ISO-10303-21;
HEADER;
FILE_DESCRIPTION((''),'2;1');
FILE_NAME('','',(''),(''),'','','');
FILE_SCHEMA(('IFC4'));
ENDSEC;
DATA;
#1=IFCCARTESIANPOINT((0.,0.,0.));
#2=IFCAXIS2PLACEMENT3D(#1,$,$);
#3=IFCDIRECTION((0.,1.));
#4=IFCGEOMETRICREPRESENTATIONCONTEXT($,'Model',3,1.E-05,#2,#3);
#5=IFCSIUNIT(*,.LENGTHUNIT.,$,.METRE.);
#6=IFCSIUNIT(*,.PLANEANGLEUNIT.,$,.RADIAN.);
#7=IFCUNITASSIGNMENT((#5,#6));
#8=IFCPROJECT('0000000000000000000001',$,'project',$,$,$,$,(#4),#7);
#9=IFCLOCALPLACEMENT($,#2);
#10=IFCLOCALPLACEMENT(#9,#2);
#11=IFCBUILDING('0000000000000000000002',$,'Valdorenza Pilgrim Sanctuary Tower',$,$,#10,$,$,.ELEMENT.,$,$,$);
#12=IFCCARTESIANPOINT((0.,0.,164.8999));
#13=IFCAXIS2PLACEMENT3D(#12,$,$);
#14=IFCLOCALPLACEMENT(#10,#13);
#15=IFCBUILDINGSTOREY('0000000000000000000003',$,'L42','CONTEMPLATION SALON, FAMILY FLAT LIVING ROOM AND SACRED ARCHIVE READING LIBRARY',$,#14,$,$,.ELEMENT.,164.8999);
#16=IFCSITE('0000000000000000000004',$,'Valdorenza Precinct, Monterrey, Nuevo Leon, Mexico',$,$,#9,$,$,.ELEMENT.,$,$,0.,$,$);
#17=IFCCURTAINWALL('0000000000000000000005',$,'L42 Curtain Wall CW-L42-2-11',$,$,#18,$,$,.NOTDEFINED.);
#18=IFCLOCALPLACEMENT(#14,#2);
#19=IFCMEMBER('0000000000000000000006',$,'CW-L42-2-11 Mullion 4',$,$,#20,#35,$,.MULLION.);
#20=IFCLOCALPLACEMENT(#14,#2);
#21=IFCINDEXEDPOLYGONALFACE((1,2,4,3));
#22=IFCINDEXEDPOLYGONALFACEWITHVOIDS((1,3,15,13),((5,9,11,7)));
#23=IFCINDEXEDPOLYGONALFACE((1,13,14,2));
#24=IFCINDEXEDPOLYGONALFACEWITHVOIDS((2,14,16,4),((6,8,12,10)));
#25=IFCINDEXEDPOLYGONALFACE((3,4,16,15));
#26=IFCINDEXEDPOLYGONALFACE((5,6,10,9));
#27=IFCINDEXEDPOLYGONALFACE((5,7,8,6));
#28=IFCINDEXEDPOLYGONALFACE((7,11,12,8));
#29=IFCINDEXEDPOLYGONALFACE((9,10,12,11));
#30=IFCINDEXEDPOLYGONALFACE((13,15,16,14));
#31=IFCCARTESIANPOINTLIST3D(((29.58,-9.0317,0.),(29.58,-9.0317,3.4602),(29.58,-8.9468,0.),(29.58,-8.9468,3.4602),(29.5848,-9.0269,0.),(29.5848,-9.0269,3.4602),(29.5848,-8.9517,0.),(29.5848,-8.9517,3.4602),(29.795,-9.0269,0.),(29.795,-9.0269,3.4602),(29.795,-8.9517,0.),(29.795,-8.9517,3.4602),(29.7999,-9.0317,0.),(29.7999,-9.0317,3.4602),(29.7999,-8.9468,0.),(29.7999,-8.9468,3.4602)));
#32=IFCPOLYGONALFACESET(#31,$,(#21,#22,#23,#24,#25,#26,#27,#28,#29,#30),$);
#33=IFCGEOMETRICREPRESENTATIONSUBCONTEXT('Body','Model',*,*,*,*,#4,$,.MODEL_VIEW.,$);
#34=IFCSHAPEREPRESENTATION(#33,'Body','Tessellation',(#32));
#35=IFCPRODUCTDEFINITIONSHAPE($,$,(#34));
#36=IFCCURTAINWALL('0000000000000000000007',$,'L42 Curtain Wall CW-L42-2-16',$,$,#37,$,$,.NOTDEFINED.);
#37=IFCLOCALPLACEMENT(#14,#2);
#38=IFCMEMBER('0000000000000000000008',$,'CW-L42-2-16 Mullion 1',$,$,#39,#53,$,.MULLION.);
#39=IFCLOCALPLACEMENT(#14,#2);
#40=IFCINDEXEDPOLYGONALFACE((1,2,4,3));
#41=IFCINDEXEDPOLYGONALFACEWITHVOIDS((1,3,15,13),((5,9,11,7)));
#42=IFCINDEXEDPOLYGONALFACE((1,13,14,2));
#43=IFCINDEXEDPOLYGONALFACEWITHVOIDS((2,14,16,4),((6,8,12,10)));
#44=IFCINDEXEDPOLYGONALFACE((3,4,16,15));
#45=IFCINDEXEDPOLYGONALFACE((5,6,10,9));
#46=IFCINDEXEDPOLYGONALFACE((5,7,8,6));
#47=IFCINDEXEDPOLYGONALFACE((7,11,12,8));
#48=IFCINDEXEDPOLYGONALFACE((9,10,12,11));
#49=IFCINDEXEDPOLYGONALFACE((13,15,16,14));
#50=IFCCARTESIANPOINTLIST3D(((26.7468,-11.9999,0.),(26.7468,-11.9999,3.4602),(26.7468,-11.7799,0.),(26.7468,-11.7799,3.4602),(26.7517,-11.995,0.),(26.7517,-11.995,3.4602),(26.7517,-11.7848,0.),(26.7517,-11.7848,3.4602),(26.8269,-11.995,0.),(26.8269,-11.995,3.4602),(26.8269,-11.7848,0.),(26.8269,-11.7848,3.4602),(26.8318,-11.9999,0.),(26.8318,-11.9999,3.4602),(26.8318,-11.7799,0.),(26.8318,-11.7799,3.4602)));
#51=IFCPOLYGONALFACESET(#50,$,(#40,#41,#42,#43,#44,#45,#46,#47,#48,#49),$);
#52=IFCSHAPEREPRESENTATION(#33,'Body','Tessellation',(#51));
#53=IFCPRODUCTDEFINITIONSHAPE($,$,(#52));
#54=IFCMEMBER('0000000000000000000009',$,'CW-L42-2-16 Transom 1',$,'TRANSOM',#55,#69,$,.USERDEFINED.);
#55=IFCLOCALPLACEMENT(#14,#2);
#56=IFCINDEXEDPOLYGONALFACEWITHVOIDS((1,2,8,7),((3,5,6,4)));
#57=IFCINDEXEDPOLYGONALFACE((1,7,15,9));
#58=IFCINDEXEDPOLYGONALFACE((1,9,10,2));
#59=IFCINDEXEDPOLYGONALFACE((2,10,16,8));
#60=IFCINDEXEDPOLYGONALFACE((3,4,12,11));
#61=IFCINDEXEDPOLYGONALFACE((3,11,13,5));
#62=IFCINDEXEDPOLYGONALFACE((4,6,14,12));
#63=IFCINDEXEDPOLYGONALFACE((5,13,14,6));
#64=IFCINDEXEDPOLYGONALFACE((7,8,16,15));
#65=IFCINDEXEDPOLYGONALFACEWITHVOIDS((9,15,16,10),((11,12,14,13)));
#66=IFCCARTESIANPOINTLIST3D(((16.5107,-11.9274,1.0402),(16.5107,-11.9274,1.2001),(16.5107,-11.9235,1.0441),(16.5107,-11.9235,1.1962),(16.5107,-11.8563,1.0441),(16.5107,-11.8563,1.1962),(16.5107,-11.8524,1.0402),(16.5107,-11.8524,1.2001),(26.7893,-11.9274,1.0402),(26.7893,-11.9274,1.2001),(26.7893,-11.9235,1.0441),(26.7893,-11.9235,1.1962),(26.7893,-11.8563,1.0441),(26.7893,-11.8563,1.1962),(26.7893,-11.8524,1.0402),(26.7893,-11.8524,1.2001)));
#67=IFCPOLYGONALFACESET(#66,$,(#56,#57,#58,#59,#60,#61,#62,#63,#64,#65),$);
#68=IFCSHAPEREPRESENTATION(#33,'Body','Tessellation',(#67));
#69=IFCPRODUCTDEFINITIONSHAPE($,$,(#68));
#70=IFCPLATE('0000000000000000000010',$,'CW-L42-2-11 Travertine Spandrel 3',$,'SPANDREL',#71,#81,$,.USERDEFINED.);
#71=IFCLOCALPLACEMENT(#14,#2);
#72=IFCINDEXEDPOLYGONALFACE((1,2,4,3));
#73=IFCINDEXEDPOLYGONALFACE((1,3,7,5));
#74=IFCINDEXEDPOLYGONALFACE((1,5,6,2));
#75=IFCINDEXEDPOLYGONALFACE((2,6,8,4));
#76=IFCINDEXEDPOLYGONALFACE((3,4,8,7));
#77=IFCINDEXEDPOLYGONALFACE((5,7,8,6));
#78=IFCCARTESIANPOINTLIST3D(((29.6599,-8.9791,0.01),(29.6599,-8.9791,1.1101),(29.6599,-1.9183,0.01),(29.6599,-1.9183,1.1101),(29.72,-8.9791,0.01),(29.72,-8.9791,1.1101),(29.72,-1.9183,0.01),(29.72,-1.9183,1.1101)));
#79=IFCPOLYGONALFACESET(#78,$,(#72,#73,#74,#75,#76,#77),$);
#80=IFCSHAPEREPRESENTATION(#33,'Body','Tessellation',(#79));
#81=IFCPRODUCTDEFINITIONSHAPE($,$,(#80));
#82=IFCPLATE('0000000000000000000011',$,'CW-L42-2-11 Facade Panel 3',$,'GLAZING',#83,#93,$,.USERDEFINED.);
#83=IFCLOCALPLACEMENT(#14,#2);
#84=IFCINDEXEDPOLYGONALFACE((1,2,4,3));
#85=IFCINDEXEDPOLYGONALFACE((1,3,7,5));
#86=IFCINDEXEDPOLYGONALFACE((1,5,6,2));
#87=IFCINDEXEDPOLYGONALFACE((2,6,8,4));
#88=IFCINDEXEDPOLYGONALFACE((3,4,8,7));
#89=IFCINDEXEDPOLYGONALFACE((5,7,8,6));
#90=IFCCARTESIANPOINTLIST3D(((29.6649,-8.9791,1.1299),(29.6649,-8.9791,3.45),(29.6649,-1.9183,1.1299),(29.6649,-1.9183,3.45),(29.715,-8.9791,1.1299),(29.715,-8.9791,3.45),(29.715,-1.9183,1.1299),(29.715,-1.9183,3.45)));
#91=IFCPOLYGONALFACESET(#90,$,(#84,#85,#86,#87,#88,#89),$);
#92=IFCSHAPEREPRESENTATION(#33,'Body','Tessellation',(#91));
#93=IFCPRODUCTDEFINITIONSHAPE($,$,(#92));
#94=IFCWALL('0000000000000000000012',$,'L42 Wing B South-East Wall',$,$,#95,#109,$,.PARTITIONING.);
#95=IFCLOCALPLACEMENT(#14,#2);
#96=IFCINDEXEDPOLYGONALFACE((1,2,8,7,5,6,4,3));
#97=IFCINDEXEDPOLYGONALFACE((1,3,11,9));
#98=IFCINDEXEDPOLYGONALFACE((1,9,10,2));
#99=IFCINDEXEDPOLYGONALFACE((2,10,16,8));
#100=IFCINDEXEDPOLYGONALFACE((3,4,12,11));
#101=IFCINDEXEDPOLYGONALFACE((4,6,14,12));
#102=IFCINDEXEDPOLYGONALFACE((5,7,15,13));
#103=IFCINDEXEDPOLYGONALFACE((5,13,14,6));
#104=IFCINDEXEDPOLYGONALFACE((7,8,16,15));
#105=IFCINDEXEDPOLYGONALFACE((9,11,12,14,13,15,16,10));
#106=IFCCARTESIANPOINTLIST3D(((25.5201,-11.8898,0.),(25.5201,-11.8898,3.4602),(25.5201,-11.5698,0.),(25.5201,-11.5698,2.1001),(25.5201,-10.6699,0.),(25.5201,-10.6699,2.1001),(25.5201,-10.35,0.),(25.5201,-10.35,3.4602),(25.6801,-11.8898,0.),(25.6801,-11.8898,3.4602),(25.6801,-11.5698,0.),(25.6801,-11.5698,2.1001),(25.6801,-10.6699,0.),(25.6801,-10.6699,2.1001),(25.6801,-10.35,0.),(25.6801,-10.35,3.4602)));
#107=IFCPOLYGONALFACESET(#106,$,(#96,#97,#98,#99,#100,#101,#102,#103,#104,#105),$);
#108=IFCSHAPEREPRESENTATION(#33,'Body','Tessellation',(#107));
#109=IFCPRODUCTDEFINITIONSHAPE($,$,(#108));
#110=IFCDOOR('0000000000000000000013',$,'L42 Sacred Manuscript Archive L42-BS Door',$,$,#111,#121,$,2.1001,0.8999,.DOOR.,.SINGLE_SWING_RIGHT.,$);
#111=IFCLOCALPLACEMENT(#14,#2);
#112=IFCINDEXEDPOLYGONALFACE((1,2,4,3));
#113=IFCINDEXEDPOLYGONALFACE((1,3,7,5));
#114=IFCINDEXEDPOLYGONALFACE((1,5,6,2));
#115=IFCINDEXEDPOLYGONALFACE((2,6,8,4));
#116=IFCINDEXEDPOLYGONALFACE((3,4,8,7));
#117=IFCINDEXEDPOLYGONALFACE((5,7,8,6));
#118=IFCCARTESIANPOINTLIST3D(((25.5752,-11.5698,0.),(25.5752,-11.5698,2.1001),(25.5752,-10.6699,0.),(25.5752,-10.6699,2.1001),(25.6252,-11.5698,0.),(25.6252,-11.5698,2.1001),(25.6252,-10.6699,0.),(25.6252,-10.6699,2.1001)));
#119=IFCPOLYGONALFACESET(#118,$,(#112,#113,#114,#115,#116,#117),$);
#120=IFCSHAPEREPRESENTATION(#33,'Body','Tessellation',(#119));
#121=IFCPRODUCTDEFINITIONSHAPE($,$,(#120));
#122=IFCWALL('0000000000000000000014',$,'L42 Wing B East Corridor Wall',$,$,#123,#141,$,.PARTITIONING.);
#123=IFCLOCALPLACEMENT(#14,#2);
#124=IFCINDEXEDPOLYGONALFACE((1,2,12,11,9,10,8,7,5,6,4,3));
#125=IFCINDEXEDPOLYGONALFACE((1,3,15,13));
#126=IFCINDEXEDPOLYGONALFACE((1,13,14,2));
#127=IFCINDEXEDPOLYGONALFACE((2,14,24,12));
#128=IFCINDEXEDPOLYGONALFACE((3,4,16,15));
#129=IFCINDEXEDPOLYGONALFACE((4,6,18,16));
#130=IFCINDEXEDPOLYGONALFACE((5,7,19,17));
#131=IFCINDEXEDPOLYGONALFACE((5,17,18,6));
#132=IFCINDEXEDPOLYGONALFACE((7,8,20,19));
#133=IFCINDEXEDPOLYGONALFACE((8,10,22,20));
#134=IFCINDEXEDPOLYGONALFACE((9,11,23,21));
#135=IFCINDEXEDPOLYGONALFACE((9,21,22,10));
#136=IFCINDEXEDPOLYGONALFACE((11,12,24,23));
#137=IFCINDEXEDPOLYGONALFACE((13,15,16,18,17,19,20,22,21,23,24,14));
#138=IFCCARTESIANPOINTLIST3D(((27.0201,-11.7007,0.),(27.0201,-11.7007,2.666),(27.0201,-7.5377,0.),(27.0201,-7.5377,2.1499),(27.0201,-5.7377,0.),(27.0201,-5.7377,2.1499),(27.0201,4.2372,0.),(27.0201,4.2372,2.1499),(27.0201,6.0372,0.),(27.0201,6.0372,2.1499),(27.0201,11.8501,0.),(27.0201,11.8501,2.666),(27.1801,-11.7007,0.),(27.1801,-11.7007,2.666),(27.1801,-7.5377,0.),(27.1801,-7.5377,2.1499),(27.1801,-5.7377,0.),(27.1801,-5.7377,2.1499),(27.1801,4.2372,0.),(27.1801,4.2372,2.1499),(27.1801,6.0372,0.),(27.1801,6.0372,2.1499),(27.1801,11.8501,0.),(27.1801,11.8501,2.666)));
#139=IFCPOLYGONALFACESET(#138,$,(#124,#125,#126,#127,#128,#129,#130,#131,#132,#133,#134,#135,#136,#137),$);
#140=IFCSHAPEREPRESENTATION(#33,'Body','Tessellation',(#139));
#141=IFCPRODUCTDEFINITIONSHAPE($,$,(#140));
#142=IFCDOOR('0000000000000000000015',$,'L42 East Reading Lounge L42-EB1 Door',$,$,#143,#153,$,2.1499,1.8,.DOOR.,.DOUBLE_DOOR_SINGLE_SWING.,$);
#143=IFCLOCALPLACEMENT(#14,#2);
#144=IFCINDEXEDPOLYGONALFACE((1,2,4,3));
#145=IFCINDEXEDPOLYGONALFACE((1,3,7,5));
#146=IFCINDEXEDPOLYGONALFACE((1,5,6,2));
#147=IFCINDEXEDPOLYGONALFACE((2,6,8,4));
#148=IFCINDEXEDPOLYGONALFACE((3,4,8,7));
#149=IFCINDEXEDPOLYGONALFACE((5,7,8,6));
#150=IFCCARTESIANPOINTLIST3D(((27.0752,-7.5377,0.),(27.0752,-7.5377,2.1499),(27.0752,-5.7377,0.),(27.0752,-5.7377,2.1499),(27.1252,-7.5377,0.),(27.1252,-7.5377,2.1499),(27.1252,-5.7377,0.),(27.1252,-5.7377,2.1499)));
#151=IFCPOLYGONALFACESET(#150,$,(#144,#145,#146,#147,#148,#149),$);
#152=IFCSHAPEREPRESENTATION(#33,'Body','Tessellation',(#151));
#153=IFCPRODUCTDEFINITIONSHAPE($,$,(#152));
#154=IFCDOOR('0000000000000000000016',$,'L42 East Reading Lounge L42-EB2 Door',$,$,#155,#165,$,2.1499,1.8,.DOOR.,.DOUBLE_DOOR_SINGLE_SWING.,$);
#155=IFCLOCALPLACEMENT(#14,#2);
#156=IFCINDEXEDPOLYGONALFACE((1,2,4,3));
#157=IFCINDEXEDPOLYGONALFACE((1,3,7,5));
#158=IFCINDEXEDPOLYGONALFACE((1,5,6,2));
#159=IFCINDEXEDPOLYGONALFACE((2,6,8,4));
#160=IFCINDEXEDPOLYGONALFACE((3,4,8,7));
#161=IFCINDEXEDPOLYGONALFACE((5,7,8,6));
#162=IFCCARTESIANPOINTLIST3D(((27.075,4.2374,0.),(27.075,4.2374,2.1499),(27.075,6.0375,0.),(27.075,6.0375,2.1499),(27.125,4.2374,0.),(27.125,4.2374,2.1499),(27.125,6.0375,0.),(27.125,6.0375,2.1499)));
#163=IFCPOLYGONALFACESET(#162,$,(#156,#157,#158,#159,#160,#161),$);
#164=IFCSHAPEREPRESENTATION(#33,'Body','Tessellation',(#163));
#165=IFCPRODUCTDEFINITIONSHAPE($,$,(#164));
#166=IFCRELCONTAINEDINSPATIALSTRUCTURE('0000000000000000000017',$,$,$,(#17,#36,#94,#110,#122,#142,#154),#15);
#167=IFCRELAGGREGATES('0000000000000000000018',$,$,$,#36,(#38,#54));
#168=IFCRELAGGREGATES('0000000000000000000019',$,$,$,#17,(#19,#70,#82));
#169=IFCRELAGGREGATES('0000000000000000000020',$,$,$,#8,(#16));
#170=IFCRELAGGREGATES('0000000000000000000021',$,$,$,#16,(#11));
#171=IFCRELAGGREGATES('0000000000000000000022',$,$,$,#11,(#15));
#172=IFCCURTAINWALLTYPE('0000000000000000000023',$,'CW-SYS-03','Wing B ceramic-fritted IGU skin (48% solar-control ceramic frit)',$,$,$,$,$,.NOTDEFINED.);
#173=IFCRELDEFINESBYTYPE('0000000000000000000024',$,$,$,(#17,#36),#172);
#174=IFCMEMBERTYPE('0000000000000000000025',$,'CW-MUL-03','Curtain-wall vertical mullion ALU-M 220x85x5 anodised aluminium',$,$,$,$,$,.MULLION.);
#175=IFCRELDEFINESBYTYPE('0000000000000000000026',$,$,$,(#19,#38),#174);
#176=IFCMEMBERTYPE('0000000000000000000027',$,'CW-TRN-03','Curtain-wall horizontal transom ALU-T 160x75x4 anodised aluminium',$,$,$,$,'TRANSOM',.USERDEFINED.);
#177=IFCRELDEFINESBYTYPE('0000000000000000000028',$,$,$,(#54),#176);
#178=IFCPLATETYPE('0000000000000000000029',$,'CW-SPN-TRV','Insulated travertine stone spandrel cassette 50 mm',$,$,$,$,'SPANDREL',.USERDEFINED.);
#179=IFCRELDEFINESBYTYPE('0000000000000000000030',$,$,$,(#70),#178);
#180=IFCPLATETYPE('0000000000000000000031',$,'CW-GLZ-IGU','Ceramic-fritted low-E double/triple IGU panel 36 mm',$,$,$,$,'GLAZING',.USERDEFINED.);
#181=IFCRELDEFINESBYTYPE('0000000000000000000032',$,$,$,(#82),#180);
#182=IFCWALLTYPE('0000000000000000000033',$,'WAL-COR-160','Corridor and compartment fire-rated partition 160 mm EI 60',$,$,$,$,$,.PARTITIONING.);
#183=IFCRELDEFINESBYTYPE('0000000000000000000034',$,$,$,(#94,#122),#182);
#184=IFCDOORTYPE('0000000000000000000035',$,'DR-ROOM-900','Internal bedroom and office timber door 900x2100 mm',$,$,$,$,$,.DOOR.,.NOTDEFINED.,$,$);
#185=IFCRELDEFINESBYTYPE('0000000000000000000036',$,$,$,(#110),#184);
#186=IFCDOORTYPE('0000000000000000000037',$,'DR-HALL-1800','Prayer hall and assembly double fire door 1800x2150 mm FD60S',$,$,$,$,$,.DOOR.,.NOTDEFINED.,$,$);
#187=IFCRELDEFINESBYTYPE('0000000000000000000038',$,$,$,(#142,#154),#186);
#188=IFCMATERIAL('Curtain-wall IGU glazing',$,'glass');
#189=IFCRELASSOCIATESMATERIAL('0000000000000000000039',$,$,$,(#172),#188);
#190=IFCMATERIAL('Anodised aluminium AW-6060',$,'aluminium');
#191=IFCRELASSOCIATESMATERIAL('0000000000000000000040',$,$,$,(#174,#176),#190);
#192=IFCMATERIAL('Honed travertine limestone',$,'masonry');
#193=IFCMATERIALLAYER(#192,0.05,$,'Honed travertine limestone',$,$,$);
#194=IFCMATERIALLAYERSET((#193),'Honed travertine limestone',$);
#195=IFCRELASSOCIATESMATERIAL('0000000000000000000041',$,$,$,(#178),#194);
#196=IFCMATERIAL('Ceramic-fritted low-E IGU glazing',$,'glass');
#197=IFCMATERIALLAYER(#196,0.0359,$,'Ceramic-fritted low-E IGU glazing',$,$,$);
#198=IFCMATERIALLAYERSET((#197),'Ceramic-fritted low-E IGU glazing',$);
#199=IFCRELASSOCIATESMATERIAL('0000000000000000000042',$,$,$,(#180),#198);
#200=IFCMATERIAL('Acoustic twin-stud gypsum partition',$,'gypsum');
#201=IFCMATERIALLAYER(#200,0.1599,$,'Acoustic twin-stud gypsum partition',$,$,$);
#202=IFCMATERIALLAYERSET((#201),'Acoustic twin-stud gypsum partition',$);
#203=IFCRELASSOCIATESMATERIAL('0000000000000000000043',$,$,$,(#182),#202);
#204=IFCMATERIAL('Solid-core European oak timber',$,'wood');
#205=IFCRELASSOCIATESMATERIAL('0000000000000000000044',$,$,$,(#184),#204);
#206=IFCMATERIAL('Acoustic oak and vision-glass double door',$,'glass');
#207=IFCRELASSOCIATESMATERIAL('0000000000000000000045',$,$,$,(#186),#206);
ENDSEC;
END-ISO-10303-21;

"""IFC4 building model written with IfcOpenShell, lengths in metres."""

from ifc_helpers import new_model, si_unit, direction, frame, frame_2d, origin, origin_2d, place, context, subcontext, project, spatial, rectangle, hollow_rectangle, extrude, source, transform, mapped, material, layer, layer_set, material_profile, profile_set, type_object, element, fill, aggregate, save


model = new_model("IFC4")

# Units and contexts
model_context = context("Model", 3, precision=1e-05, world=origin(), true_north=direction((0.0, 1.0)))
body_context = subcontext(model_context, "Body", "Model", "MODEL_VIEW")
ifc_project = project(units=[si_unit("LENGTHUNIT", "METRE"), si_unit("PLANEANGLEUNIT", "RADIAN")], contexts=[model_context])

# Site, building, storey
site_placement = place(None, origin())
site = spatial("IfcSite", under=ifc_project, at=site_placement, Name="Valdorenza Precinct, Monterrey, Nuevo Leon, Mexico", CompositionType="ELEMENT", RefElevation=0.0)
building_placement = place(site_placement, origin())
building = spatial("IfcBuilding", under=site, at=building_placement, Name="Valdorenza Pilgrim Sanctuary Tower", CompositionType="ELEMENT")
storey_placement = place(building_placement, frame((0.0, 0.0, 164.8999)))
storey = spatial("IfcBuildingStorey", under=building, at=storey_placement, Name="L42", Description="CONTEMPLATION SALON, FAMILY FLAT LIVING ROOM AND SACRED ARCHIVE READING LIBRARY", CompositionType="ELEMENT", Elevation=164.8999)

# Curtain walls, members
ifc_material_1 = material(Name="Curtain-wall IGU glazing", Category="glass")
curtain_wall_type = type_object("IfcCurtainWallType", Name="CW-SYS-03", Description="Wing B ceramic-fritted IGU skin (48% solar-control ceramic frit)", PredefinedType="NOTDEFINED", material=ifc_material_1)
curtain_wall_1_placement = place(storey_placement, origin())
curtain_wall_1 = element("IfcCurtainWall", 1, at=curtain_wall_1_placement, inside=storey, type_object=curtain_wall_type, Name="L42 Curtain Wall CW-L42-2-11", PredefinedType="NOTDEFINED")
ifc_material_2 = material(Name="Anodised aluminium AW-6060", Category="aluminium")
ifc_material_profile_1 = material_profile(ifc_material_2, hollow_rectangle(XDim=0.085, YDim=0.22, WallThickness=0.0049, at=origin_2d()), Name="ALU-M 220x85x5")
ifc_profile_set_1 = profile_set([ifc_material_profile_1], Name="Anodised aluminium AW-6060")
member_type_1 = type_object("IfcMemberType", Name="CW-MUL-03", Description="Curtain-wall vertical mullion ALU-M 220x85x5 anodised aluminium", PredefinedType="MULLION", material=ifc_profile_set_1)
shared_shape_1 = source(origin(), body_context, "Body", "SweptSolid", [
    extrude(hollow_rectangle(XDim=0.085, YDim=0.22, WallThickness=0.0049, at=origin_2d()), origin(), (0.0, 0.0, 1.0), 3.4602),
])
member_1_placement = place(storey_placement, frame((29.6899, -8.9893, 0.0), z_axis=(0.0, 0.0, 1.0), x_axis=(0.0, -1.0, 0.0)))
member_1 = element("IfcMember", 2, at=member_1_placement, type_object=member_type_1, Name="CW-L42-2-11 Mullion 4", PredefinedType="MULLION", context=body_context, shape_type="MappedRepresentation", body=[
    mapped(shared_shape_1, transform((0.0, 0.0, 0.0), x_axis=(1.0, 0.0, 0.0), y_axis=(0.0, 1.0, 0.0), z_axis=(0.0, 0.0, 1.0), scale=1.0)),
])
curtain_wall_2_placement = place(storey_placement, origin())
curtain_wall_2 = element("IfcCurtainWall", 3, at=curtain_wall_2_placement, inside=storey, type_object=curtain_wall_type, Name="L42 Curtain Wall CW-L42-2-16", PredefinedType="NOTDEFINED")
member_2_placement = place(storey_placement, frame((26.7893, -11.8899, 0.0), z_axis=(0.0, 0.0, 1.0), x_axis=(-1.0, 0.0, 0.0)))
member_2 = element("IfcMember", 4, at=member_2_placement, type_object=member_type_1, Name="CW-L42-2-16 Mullion 1", PredefinedType="MULLION", context=body_context, shape_type="MappedRepresentation", body=[
    mapped(shared_shape_1, transform((0.0, 0.0, 0.0), x_axis=(1.0, 0.0, 0.0), y_axis=(0.0, 1.0, 0.0), z_axis=(0.0, 0.0, 1.0), scale=1.0)),
])
ifc_material_profile_2 = material_profile(ifc_material_2, hollow_rectangle(XDim=0.075, YDim=0.1599, WallThickness=0.0039, at=origin_2d()), Name="ALU-T 160x75x4")
ifc_profile_set_2 = profile_set([ifc_material_profile_2], Name="Anodised aluminium AW-6060")
member_type_2 = type_object("IfcMemberType", Name="CW-TRN-03", Description="Curtain-wall horizontal transom ALU-T 160x75x4 anodised aluminium", ElementType="TRANSOM", PredefinedType="USERDEFINED", material=ifc_profile_set_2)
shared_shape_2 = source(origin(), body_context, "Body", "SweptSolid", [
    extrude(hollow_rectangle(XDim=0.075, YDim=0.1599, WallThickness=0.0039, at=origin_2d()), origin(), (0.0, 0.0, 1.0), 10.2786),
])
member_3_placement = place(storey_placement, frame((26.7893, -11.8899, 1.1201), z_axis=(-1.0, 0.0, 0.0), x_axis=(0.0, -1.0, 0.0)))
member_3 = element("IfcMember", 5, at=member_3_placement, type_object=member_type_2, Name="CW-L42-2-16 Transom 1", ObjectType="TRANSOM", PredefinedType="USERDEFINED", context=body_context, shape_type="MappedRepresentation", body=[
    mapped(shared_shape_2, transform((0.0, 0.0, 0.0), x_axis=(1.0, 0.0, 0.0), y_axis=(0.0, 1.0, 0.0), z_axis=(0.0, 0.0, 1.0), scale=1.0)),
])
aggregate(curtain_wall_2, [member_2, member_3])

# Plates
ifc_material_3 = material(Name="Honed travertine limestone", Category="masonry")
ifc_layer_1 = layer(ifc_material_3, 0.05, Name="Honed travertine limestone")
ifc_layer_set_1 = layer_set([ifc_layer_1], Name="Honed travertine limestone")
plate_type_1 = type_object("IfcPlateType", Name="CW-SPN-TRV", Description="Insulated travertine stone spandrel cassette 50 mm", ElementType="SPANDREL", PredefinedType="USERDEFINED", material=ifc_layer_set_1)
shared_shape_3 = source(origin(), body_context, "Body", "SweptSolid", [
    extrude(rectangle(XDim=7.0608, YDim=0.0601, at=origin_2d()), origin(), (0.0, 0.0, 1.0), 1.1001),
])
plate_1_placement = place(storey_placement, frame((29.6899, -5.4487, 0.01), z_axis=(0.0, 0.0, 1.0), x_axis=(0.0, -1.0, 0.0)))
plate_1 = element("IfcPlate", 6, at=plate_1_placement, type_object=plate_type_1, Name="CW-L42-2-11 Travertine Spandrel 3", ObjectType="SPANDREL", PredefinedType="USERDEFINED", context=body_context, shape_type="MappedRepresentation", body=[
    mapped(shared_shape_3, transform((0.0, 0.0, 0.0), x_axis=(1.0, 0.0, 0.0), y_axis=(0.0, 1.0, 0.0), z_axis=(0.0, 0.0, 1.0), scale=1.0)),
])
ifc_material_4 = material(Name="Ceramic-fritted low-E IGU glazing", Category="glass")
ifc_layer_2 = layer(ifc_material_4, 0.0359, Name="Ceramic-fritted low-E IGU glazing")
ifc_layer_set_2 = layer_set([ifc_layer_2], Name="Ceramic-fritted low-E IGU glazing")
plate_type_2 = type_object("IfcPlateType", Name="CW-GLZ-IGU", Description="Ceramic-fritted low-E double/triple IGU panel 36 mm", ElementType="GLAZING", PredefinedType="USERDEFINED", material=ifc_layer_set_2)
shared_shape_4 = source(origin(), body_context, "Body", "SweptSolid", [
    extrude(rectangle(XDim=7.0608, YDim=0.05, at=origin_2d()), origin(), (0.0, 0.0, 1.0), 2.3201),
])
plate_2_placement = place(storey_placement, frame((29.6899, -5.4487, 1.1299), z_axis=(0.0, 0.0, 1.0), x_axis=(0.0, -1.0, 0.0)))
plate_2 = element("IfcPlate", 7, at=plate_2_placement, type_object=plate_type_2, Name="CW-L42-2-11 Facade Panel 3", ObjectType="GLAZING", PredefinedType="USERDEFINED", context=body_context, shape_type="MappedRepresentation", body=[
    mapped(shared_shape_4, transform((0.0, 0.0, 0.0), x_axis=(1.0, 0.0, 0.0), y_axis=(0.0, 1.0, 0.0), z_axis=(0.0, 0.0, 1.0), scale=1.0)),
])
aggregate(curtain_wall_1, [member_1, plate_1, plate_2])

# Wall, opening, door
ifc_material_5 = material(Name="Acoustic twin-stud gypsum partition", Category="gypsum")
ifc_layer_3 = layer(ifc_material_5, 0.1599, Name="Acoustic twin-stud gypsum partition")
ifc_layer_set_3 = layer_set([ifc_layer_3], Name="Acoustic twin-stud gypsum partition")
wall_type_1 = type_object("IfcWallType", Name="WAL-COR-160", Description="Corridor and compartment fire-rated partition 160 mm EI 60", PredefinedType="PARTITIONING", material=ifc_layer_set_3)
wall_1_placement = place(storey_placement, frame((25.6001, -11.8899, 0.0), z_axis=(0.0, 0.0, 1.0), x_axis=(0.0, 1.0, 0.0)))
wall_1 = element("IfcWall", 8, at=wall_1_placement, inside=storey, type_object=wall_type_1, Name="L42 Wing B South-East Wall", PredefinedType="PARTITIONING", context=body_context, shape_type="SweptSolid", body=[
    extrude(rectangle(XDim=1.5398, YDim=0.1599, at=frame_2d((0.77, 0.0))), origin(), (0.0, 0.0, 1.0), 3.4602),
])
opening_1_placement = place(wall_1_placement, frame((0.3201, 0.0, 0.0)))
opening_1 = element("IfcOpeningElement", 9, at=opening_1_placement, cuts=wall_1, PredefinedType="OPENING", context=body_context, shape_type="SweptSolid", body=[
    extrude(rectangle(XDim=0.8999, YDim=2.1001, at=frame_2d((0.45, 1.05))), frame((0.0, 0.0947, 0.0), z_axis=(0.0, -1.0, 0.0), x_axis=(1.0, 0.0, 0.0)), (0.0, 0.0, 1.0), 0.1897),
])
ifc_material_6 = material(Name="Solid-core European oak timber", Category="wood")
door_type_1 = type_object("IfcDoorType", Name="DR-ROOM-900", Description="Internal bedroom and office timber door 900x2100 mm", OperationType="NOTDEFINED", PredefinedType="DOOR", material=ifc_material_6)
door_1_placement = place(opening_1_placement, origin())
door_1 = element("IfcDoor", 10, at=door_1_placement, inside=storey, type_object=door_type_1, Name="L42 Sacred Manuscript Archive L42-BS Door", OperationType="SINGLE_SWING_RIGHT", OverallHeight=2.1001, OverallWidth=0.8999, PredefinedType="DOOR", context=body_context, shape_type="SweptSolid", body=[
    extrude(rectangle(XDim=0.8999, YDim=2.1001, at=frame_2d((0.45, 1.05))), frame((0.0, 0.0249, 0.0), z_axis=(0.0, -1.0, 0.0), x_axis=(1.0, 0.0, 0.0)), (0.0, 0.0, 1.0), 0.05),
])
fill(opening_1, door_1)

# Wall, openings, doors
wall_2_placement = place(storey_placement, frame((27.1001, -11.7007, 0.0), z_axis=(0.0, 0.0, 1.0), x_axis=(0.0, 1.0, 0.0)))
wall_2 = element("IfcWall", 11, at=wall_2_placement, inside=storey, type_object=wall_type_1, Name="L42 Wing B East Corridor Wall", PredefinedType="PARTITIONING", context=body_context, shape_type="SweptSolid", body=[
    extrude(rectangle(XDim=23.5508, YDim=0.1599, at=frame_2d((11.7754, 0.0))), origin(), (0.0, 0.0, 1.0), 2.666),
])
opening_2_placement = place(wall_2_placement, frame((4.1631, 0.0, 0.0)))
opening_2 = element("IfcOpeningElement", 12, at=opening_2_placement, cuts=wall_2, PredefinedType="OPENING", context=body_context, shape_type="SweptSolid", body=[
    extrude(rectangle(XDim=1.8, YDim=2.1499, at=frame_2d((0.8999, 1.075))), frame((0.0, 0.0947, 0.0), z_axis=(0.0, -1.0, 0.0), x_axis=(1.0, 0.0, 0.0)), (0.0, 0.0, 1.0), 0.1897),
])
opening_3_placement = place(wall_2_placement, frame((15.938, 0.0, 0.0)))
opening_3 = element("IfcOpeningElement", 13, at=opening_3_placement, cuts=wall_2, PredefinedType="OPENING", context=body_context, shape_type="SweptSolid", body=[
    extrude(rectangle(XDim=1.8, YDim=2.1499, at=frame_2d((0.8999, 1.075))), frame((0.0, 0.0947, 0.0), z_axis=(0.0, -1.0, 0.0), x_axis=(1.0, 0.0, 0.0)), (0.0, 0.0, 1.0), 0.1897),
])
ifc_material_7 = material(Name="Acoustic oak and vision-glass double door", Category="glass")
door_type_2 = type_object("IfcDoorType", Name="DR-HALL-1800", Description="Prayer hall and assembly double fire door 1800x2150 mm FD60S", OperationType="NOTDEFINED", PredefinedType="DOOR", material=ifc_material_7)
door_2_placement = place(opening_2_placement, origin())
door_2 = element("IfcDoor", 14, at=door_2_placement, inside=storey, type_object=door_type_2, Name="L42 East Reading Lounge L42-EB1 Door", OperationType="DOUBLE_DOOR_SINGLE_SWING", OverallHeight=2.1499, OverallWidth=1.8, PredefinedType="DOOR", context=body_context, shape_type="SweptSolid", body=[
    extrude(rectangle(XDim=1.8, YDim=2.1499, at=frame_2d((0.8999, 1.075))), frame((0.0, 0.0249, 0.0), z_axis=(0.0, -1.0, 0.0), x_axis=(1.0, 0.0, 0.0)), (0.0, 0.0, 1.0), 0.05),
])
fill(opening_2, door_2)
door_3_placement = place(opening_3_placement, frame((1.8, 0.0, 0.0), z_axis=(0.0, 0.0, 1.0), x_axis=(-1.0, 0.0, 0.0)))
door_3 = element("IfcDoor", 15, at=door_3_placement, inside=storey, type_object=door_type_2, Name="L42 East Reading Lounge L42-EB2 Door", OperationType="DOUBLE_DOOR_SINGLE_SWING", OverallHeight=2.1499, OverallWidth=1.8, PredefinedType="DOOR", context=body_context, shape_type="SweptSolid", body=[
    extrude(rectangle(XDim=1.8, YDim=2.1499, at=frame_2d((0.8999, 1.075))), frame((0.0, 0.0249, 0.0), z_axis=(0.0, -1.0, 0.0), x_axis=(1.0, 0.0, 0.0)), (0.0, 0.0, 1.0), 0.05),
])
fill(opening_3, door_3)

save(model, "model.ifc")
